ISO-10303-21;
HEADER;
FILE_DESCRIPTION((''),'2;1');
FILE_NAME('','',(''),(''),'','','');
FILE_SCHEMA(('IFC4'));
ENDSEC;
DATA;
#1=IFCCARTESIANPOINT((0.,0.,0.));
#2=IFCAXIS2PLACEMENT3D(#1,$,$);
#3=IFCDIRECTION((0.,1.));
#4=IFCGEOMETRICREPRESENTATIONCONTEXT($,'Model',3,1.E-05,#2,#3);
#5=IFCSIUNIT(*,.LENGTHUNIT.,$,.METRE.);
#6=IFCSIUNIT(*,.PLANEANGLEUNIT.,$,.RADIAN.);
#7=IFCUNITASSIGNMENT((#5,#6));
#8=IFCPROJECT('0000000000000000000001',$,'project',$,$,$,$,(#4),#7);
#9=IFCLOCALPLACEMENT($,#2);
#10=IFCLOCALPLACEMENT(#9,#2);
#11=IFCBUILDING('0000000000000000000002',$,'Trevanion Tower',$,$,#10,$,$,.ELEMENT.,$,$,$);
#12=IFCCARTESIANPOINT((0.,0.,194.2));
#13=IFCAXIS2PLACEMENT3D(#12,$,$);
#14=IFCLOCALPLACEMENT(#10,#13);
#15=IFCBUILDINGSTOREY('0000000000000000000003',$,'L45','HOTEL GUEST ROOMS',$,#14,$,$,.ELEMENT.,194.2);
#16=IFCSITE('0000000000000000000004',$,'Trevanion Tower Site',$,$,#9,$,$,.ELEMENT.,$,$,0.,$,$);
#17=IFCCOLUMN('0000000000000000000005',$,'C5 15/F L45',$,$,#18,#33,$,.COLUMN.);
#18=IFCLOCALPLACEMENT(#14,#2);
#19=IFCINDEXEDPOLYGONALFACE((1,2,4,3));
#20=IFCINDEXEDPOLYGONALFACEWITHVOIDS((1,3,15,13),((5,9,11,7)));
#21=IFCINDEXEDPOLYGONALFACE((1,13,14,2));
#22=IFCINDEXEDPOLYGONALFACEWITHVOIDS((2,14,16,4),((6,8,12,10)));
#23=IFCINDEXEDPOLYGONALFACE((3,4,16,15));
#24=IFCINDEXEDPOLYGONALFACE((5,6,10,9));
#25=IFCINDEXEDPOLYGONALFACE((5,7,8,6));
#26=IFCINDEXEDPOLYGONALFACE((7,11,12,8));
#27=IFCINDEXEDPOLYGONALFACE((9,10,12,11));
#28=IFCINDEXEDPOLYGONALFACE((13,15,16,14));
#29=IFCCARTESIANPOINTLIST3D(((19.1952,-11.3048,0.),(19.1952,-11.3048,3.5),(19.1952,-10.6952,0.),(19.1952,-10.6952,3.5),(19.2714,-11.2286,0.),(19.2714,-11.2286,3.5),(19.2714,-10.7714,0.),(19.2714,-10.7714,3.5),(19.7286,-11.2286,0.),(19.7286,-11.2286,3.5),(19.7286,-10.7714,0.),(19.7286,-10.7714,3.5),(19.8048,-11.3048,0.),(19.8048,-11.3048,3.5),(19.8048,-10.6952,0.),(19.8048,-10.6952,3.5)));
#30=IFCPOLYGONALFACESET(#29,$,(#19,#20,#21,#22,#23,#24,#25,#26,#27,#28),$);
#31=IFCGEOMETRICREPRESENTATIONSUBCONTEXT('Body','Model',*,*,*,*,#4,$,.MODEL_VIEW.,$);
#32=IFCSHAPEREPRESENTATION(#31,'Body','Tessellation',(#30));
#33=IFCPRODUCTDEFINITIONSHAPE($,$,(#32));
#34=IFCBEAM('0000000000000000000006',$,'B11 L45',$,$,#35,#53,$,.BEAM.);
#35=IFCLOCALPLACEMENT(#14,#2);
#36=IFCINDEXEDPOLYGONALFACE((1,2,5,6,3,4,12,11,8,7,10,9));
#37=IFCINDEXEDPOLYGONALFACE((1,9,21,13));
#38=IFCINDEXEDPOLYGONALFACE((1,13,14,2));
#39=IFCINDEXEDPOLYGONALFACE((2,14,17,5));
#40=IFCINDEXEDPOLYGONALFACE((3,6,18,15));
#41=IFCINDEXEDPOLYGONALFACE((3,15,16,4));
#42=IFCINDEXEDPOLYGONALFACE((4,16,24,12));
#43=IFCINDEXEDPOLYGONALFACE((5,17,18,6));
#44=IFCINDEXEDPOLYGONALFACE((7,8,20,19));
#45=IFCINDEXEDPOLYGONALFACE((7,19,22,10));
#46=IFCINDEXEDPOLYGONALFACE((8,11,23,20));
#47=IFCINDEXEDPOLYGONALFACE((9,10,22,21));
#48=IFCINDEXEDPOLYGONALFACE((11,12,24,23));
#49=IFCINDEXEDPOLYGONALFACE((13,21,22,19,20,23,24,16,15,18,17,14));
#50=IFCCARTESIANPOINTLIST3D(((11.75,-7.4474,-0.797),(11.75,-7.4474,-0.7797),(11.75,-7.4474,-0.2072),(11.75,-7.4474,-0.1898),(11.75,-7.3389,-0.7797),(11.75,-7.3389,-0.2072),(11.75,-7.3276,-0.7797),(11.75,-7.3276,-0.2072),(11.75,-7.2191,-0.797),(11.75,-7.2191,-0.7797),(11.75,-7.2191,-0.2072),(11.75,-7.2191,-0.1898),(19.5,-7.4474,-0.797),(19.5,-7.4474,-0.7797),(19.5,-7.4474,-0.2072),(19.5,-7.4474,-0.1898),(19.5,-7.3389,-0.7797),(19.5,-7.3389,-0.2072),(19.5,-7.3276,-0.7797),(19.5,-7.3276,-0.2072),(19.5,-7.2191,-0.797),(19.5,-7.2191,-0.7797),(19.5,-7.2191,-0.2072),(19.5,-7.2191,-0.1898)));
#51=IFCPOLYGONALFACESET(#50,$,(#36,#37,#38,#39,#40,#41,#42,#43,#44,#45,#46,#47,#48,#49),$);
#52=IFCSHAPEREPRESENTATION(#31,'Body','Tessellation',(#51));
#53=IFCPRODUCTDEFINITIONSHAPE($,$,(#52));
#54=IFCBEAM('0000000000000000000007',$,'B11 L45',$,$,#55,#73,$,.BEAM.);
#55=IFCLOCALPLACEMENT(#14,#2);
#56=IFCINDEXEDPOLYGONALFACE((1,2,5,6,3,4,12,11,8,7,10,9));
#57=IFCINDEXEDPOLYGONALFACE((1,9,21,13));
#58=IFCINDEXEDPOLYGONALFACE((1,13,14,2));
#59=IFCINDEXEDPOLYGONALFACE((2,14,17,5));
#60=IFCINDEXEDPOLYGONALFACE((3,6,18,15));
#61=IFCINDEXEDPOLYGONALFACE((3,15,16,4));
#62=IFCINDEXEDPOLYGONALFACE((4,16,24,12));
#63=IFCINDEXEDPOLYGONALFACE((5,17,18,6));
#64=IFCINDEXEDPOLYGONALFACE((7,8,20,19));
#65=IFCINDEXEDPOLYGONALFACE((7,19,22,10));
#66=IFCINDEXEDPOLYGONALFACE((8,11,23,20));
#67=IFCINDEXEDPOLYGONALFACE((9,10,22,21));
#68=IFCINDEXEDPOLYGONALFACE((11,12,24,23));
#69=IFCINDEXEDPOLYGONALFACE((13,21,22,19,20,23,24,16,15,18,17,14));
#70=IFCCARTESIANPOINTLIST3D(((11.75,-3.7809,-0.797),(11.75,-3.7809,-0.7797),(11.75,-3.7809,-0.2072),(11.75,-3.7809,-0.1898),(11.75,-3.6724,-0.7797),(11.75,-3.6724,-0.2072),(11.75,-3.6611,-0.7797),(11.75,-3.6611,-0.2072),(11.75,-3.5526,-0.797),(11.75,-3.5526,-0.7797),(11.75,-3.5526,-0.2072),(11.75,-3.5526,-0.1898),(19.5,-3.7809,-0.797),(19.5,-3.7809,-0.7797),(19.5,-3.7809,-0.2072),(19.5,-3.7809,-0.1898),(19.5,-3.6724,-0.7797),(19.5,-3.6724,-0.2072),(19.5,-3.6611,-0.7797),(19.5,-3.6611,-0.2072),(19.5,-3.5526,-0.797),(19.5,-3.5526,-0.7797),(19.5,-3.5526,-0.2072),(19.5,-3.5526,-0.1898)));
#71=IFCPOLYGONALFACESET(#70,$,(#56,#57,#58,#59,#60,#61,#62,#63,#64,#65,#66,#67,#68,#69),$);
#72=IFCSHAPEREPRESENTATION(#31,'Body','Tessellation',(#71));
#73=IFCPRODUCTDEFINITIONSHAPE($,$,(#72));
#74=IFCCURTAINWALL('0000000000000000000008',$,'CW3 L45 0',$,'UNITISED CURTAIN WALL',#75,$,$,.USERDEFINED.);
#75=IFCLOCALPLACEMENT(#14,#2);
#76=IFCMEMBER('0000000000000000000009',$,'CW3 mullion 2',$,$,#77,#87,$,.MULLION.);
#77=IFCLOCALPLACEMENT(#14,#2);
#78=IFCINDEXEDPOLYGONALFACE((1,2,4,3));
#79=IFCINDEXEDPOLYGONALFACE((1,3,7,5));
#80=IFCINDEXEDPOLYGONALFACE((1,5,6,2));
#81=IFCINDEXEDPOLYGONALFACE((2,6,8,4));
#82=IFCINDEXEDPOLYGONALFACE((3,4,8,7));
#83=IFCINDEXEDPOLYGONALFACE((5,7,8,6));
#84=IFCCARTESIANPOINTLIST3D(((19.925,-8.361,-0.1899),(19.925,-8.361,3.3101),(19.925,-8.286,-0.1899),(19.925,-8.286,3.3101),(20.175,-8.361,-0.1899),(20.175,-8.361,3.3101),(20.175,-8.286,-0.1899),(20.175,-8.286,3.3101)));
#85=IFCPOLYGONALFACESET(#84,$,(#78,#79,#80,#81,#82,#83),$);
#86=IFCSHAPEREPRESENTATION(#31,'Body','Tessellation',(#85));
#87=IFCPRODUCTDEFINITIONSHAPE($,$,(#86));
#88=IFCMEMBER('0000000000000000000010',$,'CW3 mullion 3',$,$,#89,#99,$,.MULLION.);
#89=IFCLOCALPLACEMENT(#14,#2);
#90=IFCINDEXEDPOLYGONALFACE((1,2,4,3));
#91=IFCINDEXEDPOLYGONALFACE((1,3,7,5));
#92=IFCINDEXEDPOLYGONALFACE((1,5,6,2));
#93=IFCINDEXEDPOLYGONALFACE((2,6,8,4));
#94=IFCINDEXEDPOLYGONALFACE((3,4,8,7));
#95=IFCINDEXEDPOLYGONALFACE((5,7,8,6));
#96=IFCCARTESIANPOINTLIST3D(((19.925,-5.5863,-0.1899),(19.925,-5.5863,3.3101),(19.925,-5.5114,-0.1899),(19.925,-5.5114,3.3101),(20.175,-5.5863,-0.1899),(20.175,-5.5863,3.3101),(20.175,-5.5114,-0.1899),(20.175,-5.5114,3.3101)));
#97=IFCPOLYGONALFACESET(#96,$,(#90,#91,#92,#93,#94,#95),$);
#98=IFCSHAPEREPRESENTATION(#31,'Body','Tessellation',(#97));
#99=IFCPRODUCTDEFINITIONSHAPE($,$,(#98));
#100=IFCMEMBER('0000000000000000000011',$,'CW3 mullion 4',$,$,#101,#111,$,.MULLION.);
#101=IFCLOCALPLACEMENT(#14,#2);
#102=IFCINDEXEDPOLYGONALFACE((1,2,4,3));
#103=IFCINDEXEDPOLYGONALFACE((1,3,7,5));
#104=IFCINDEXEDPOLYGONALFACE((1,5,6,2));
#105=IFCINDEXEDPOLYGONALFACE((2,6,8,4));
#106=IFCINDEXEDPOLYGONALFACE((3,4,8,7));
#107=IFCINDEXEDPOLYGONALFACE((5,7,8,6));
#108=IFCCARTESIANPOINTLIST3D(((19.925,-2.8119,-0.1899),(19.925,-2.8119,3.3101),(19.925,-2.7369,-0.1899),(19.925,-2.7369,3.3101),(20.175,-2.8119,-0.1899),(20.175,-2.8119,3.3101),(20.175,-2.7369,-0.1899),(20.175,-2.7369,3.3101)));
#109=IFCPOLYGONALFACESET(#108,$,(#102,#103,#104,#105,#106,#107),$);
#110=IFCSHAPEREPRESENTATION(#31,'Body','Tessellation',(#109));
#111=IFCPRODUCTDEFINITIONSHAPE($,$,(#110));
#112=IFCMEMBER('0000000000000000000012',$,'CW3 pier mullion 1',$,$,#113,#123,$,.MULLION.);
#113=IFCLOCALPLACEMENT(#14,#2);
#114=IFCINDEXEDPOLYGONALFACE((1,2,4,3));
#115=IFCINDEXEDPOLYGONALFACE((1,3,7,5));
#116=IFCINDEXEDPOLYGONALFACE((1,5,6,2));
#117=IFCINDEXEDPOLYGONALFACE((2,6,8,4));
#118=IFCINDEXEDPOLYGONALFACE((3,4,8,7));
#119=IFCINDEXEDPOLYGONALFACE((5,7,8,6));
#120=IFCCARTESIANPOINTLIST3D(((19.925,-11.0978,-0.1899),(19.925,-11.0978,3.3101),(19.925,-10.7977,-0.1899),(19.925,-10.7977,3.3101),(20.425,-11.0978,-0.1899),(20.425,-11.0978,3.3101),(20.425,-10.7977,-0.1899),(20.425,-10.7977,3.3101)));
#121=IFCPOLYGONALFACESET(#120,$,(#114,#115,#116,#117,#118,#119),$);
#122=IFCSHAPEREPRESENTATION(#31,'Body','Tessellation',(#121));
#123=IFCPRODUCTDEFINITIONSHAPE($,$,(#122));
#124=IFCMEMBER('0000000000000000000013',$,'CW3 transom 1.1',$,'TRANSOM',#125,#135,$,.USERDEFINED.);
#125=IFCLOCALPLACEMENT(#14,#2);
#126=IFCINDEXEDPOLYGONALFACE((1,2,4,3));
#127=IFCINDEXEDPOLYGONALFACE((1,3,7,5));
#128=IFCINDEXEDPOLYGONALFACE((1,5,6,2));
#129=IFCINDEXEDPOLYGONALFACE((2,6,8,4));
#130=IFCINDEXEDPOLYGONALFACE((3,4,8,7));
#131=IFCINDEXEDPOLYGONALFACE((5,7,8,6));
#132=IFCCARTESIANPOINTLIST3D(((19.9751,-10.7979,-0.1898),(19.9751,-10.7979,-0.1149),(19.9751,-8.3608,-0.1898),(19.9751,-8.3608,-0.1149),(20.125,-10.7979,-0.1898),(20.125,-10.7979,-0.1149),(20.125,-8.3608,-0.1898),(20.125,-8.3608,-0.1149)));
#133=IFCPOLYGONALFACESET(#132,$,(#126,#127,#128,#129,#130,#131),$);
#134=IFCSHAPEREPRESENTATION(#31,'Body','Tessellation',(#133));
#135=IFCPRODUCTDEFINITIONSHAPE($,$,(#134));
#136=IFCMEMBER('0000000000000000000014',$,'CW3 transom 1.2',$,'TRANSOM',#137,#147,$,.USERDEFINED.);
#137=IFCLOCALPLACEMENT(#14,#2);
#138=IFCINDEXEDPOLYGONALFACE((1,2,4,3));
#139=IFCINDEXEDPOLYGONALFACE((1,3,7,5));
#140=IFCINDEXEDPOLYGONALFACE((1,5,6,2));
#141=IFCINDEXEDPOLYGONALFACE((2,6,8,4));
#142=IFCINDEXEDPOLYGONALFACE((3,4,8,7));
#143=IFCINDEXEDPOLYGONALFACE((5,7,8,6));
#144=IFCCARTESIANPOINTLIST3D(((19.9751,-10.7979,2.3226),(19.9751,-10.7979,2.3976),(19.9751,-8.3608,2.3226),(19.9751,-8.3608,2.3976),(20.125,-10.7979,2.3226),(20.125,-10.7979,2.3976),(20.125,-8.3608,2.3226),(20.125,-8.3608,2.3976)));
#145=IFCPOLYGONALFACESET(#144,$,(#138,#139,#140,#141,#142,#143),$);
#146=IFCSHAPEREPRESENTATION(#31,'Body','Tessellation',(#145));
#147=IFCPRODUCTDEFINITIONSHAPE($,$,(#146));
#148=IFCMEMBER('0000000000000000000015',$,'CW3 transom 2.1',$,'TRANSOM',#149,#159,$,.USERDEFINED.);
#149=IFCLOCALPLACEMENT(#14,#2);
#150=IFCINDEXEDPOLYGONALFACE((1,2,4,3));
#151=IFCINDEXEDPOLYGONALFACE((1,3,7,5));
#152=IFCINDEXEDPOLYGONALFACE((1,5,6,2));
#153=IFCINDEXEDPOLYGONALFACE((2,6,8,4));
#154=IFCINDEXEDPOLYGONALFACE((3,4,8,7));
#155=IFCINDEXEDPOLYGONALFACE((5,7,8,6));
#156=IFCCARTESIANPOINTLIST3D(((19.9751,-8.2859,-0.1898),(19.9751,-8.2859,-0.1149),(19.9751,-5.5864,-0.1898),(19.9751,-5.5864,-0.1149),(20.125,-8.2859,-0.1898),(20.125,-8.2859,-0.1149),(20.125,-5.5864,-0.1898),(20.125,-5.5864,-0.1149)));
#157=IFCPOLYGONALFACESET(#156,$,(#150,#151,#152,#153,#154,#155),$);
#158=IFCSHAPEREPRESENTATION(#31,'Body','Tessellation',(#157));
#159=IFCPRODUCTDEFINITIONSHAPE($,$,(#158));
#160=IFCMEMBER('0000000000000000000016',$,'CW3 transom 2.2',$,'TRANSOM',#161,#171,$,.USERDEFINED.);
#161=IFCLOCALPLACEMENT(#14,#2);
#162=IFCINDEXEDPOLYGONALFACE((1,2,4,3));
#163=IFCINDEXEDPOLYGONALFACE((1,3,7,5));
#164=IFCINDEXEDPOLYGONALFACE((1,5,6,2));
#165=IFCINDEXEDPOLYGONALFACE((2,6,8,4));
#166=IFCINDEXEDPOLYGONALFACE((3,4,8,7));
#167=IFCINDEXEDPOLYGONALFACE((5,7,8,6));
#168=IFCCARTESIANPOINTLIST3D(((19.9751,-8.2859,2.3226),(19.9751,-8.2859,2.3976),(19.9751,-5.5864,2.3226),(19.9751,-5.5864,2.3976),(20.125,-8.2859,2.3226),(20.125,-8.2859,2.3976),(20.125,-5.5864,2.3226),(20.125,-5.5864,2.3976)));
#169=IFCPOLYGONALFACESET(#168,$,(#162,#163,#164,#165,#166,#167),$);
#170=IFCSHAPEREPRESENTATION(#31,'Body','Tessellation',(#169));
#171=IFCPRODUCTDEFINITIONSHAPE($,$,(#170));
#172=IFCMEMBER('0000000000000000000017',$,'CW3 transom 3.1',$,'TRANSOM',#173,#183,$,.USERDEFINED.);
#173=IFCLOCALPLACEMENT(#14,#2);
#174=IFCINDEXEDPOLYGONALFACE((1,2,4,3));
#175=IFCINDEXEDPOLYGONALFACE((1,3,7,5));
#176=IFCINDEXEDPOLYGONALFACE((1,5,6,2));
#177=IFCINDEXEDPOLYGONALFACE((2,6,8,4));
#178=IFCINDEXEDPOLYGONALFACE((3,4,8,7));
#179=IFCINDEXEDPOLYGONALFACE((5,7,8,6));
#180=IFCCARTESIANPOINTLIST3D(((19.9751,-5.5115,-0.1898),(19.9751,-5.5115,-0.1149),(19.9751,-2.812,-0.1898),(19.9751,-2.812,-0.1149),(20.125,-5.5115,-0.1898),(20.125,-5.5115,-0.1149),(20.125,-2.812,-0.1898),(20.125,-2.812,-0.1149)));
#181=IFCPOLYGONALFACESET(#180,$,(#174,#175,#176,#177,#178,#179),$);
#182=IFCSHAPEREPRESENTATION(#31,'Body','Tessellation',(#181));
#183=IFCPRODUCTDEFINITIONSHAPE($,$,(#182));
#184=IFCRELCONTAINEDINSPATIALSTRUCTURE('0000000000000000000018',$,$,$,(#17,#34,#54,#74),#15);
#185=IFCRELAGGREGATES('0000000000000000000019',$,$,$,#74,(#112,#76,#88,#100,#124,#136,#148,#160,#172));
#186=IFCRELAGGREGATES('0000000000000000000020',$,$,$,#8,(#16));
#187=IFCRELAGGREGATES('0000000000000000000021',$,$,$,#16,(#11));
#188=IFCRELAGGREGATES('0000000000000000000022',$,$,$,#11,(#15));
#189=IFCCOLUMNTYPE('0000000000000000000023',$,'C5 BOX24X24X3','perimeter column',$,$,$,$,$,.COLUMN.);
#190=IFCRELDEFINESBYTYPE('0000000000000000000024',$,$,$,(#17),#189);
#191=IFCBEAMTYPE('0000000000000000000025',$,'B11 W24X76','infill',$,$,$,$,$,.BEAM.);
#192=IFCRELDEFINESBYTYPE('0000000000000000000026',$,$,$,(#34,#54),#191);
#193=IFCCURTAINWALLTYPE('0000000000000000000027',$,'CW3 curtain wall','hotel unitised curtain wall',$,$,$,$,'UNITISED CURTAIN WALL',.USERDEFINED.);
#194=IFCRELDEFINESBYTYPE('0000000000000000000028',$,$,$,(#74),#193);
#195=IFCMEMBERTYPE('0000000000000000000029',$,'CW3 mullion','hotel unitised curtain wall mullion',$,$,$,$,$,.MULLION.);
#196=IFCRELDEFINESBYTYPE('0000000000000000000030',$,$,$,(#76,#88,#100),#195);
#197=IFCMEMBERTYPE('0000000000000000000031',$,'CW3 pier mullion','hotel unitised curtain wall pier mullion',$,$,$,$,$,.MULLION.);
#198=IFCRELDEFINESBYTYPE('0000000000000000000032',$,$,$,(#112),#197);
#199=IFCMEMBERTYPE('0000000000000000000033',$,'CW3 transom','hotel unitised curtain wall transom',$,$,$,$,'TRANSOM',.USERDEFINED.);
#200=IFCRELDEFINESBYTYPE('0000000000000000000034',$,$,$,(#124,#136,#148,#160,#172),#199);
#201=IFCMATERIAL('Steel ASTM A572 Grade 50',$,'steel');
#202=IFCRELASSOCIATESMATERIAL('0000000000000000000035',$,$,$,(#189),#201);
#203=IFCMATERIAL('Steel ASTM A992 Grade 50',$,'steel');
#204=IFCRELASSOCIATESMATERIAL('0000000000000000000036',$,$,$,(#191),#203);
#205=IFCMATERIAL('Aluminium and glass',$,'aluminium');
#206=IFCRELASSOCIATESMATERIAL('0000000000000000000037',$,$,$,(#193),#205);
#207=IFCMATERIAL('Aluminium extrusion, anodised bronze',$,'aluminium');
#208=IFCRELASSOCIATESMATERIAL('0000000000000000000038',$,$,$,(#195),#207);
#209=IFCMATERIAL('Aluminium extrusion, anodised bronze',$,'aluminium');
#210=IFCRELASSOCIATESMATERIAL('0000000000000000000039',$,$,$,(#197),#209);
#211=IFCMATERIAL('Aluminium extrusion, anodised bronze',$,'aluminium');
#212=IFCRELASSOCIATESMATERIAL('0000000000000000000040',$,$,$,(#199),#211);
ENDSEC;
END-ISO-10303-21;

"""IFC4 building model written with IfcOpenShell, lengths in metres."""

from ifc_helpers import new_model, si_unit, direction, frame, origin, origin_2d, place, context, subcontext, project, spatial, rectangle, hollow_rectangle, i_section, extrude, material, material_profile, profile_set, type_object, element, aggregate, save


model = new_model("IFC4")

# Units and contexts
model_context = context("Model", 3, precision=1e-05, world=origin(), true_north=direction((0.0, 1.0)))
body_context = subcontext(model_context, "Body", "Model", "MODEL_VIEW")
ifc_project = project(units=[si_unit("LENGTHUNIT", "METRE"), si_unit("PLANEANGLEUNIT", "RADIAN")], contexts=[model_context])

# Site, building, storey
site_placement = place(None, origin())
site = spatial("IfcSite", under=ifc_project, at=site_placement, Name="Trevanion Tower Site", CompositionType="ELEMENT", RefElevation=0.0)
building_placement = place(site_placement, origin())
building = spatial("IfcBuilding", under=site, at=building_placement, Name="Trevanion Tower", CompositionType="ELEMENT")
storey_placement = place(building_placement, frame((0.0, 0.0, 194.2)))
storey = spatial("IfcBuildingStorey", under=building, at=storey_placement, Name="L45", Description="HOTEL GUEST ROOMS", CompositionType="ELEMENT", Elevation=194.2)

# Column
ifc_material_1 = material(Name="Steel ASTM A572 Grade 50", Category="steel")
ifc_material_profile_1 = material_profile(ifc_material_1, hollow_rectangle(XDim=0.6096, YDim=0.6096, WallThickness=0.0762, at=origin_2d()), Name="BOX24X24X3")
ifc_profile_set_1 = profile_set([ifc_material_profile_1], Name="Steel ASTM A572 Grade 50")
column_type = type_object("IfcColumnType", Name="C5 BOX24X24X3", Description="perimeter column", PredefinedType="COLUMN", material=ifc_profile_set_1)
column_placement = place(storey_placement, frame((19.5, -11.0, 0.0), z_axis=(0.0, 0.0, 1.0), x_axis=(0.0, 1.0, 0.0)))
element("IfcColumn", 1, at=column_placement, inside=storey, type_object=column_type, Name="C5 15/F L45", PredefinedType="COLUMN", context=body_context, shape_type="SweptSolid", body=[
    extrude(hollow_rectangle(XDim=0.6096, YDim=0.6096, WallThickness=0.0762, at=origin_2d()), origin(), (0.0, 0.0, 1.0), 3.5),
])

# Beams
ifc_material_2 = material(Name="Steel ASTM A992 Grade 50", Category="steel")
ifc_material_profile_2 = material_profile(ifc_material_2, i_section(OverallWidth=0.2283, OverallDepth=0.6072, WebThickness=0.0112, FlangeThickness=0.0173, at=origin_2d()), Name="W24X76")
ifc_profile_set_2 = profile_set([ifc_material_profile_2], Name="Steel ASTM A992 Grade 50")
beam_type_1 = type_object("IfcBeamType", Name="B11 W24X76", Description="infill", PredefinedType="BEAM", material=ifc_profile_set_2)
for number, where, z_axis, x_axis, name in (
    (2, (11.75, -7.3333, -0.4934), (1.0, 0.0, 0.0), (0.0, 1.0, 0.0), "B11 L45"),
    (3, (11.75, -3.6667, -0.4934), (1.0, 0.0, 0.0), (0.0, 1.0, 0.0), "B11 L45"),
):
    element("IfcBeam", number, at=place(storey_placement, frame(where, z_axis=z_axis, x_axis=x_axis)), inside=storey, type_object=beam_type_1, Name=name, PredefinedType="BEAM", context=body_context, shape_type="SweptSolid", body=[
        extrude(i_section(OverallWidth=0.2283, OverallDepth=0.6072, WebThickness=0.0112, FlangeThickness=0.0173, at=origin_2d()), origin(), (0.0, 0.0, 1.0), 7.75),
    ])

# Curtain wall, members
ifc_material_3 = material(Name="Aluminium and glass", Category="aluminium")
curtain_wall_type = type_object("IfcCurtainWallType", Name="CW3 curtain wall", Description="hotel unitised curtain wall", ElementType="UNITISED CURTAIN WALL", PredefinedType="USERDEFINED", material=ifc_material_3)
curtain_wall_placement = place(storey_placement, origin())
curtain_wall = element("IfcCurtainWall", 4, at=curtain_wall_placement, inside=storey, type_object=curtain_wall_type, Name="CW3 L45 0", ObjectType="UNITISED CURTAIN WALL", PredefinedType="USERDEFINED")
ifc_material_4 = material(Name="Aluminium extrusion, anodised bronze", Category="aluminium")
ifc_material_profile_3 = material_profile(ifc_material_4, rectangle(XDim=0.075, YDim=0.25, at=origin_2d()), Name="CW3 mullion")
ifc_profile_set_3 = profile_set([ifc_material_profile_3], Name="Aluminium extrusion, anodised bronze")
member_type_1 = type_object("IfcMemberType", Name="CW3 mullion", Description="hotel unitised curtain wall mullion", PredefinedType="MULLION", material=ifc_profile_set_3)
member_1_placement = place(storey_placement, frame((20.05, -8.3235, -0.1899), z_axis=(0.0, 0.0, 1.0), x_axis=(0.0, 1.0, 0.0)))
member_1 = element("IfcMember", 5, at=member_1_placement, type_object=member_type_1, Name="CW3 mullion 2", PredefinedType="MULLION", context=body_context, shape_type="SweptSolid", body=[
    extrude(rectangle(XDim=0.075, YDim=0.25, at=origin_2d()), origin(), (0.0, 0.0, 1.0), 3.5),
])
member_2_placement = place(storey_placement, frame((20.05, -5.5488, -0.1899), z_axis=(0.0, 0.0, 1.0), x_axis=(0.0, 1.0, 0.0)))
member_2 = element("IfcMember", 6, at=member_2_placement, type_object=member_type_1, Name="CW3 mullion 3", PredefinedType="MULLION", context=body_context, shape_type="SweptSolid", body=[
    extrude(rectangle(XDim=0.075, YDim=0.25, at=origin_2d()), origin(), (0.0, 0.0, 1.0), 3.5),
])
member_3_placement = place(storey_placement, frame((20.05, -2.7744, -0.1899), z_axis=(0.0, 0.0, 1.0), x_axis=(0.0, 1.0, 0.0)))
member_3 = element("IfcMember", 7, at=member_3_placement, type_object=member_type_1, Name="CW3 mullion 4", PredefinedType="MULLION", context=body_context, shape_type="SweptSolid", body=[
    extrude(rectangle(XDim=0.075, YDim=0.25, at=origin_2d()), origin(), (0.0, 0.0, 1.0), 3.5),
])
ifc_material_5 = material(Name="Aluminium extrusion, anodised bronze", Category="aluminium")
ifc_material_profile_4 = material_profile(ifc_material_5, rectangle(XDim=0.3, YDim=0.5, at=origin_2d()), Name="CW3 pier mullion")
ifc_profile_set_4 = profile_set([ifc_material_profile_4], Name="Aluminium extrusion, anodised bronze")
member_type_2 = type_object("IfcMemberType", Name="CW3 pier mullion", Description="hotel unitised curtain wall pier mullion", PredefinedType="MULLION", material=ifc_profile_set_4)
member_4_placement = place(storey_placement, frame((20.175, -10.9478, -0.1899), z_axis=(0.0, 0.0, 1.0), x_axis=(0.0, 1.0, 0.0)))
member_4 = element("IfcMember", 8, at=member_4_placement, type_object=member_type_2, Name="CW3 pier mullion 1", PredefinedType="MULLION", context=body_context, shape_type="SweptSolid", body=[
    extrude(rectangle(XDim=0.3, YDim=0.5, at=origin_2d()), origin(), (0.0, 0.0, 1.0), 3.5),
])
ifc_material_6 = material(Name="Aluminium extrusion, anodised bronze", Category="aluminium")
ifc_material_profile_5 = material_profile(ifc_material_6, rectangle(XDim=0.1499, YDim=0.075, at=origin_2d()), Name="CW3 transom")
ifc_profile_set_5 = profile_set([ifc_material_profile_5], Name="Aluminium extrusion, anodised bronze")
member_type_3 = type_object("IfcMemberType", Name="CW3 transom", Description="hotel unitised curtain wall transom", ElementType="TRANSOM", PredefinedType="USERDEFINED", material=ifc_profile_set_5)
member_5_placement = place(storey_placement, frame((20.05, -10.7979, -0.1523), z_axis=(0.0, 1.0, 0.0), x_axis=(-1.0, 0.0, 0.0)))
member_5 = element("IfcMember", 9, at=member_5_placement, type_object=member_type_3, Name="CW3 transom 1.1", ObjectType="TRANSOM", PredefinedType="USERDEFINED", context=body_context, shape_type="SweptSolid", body=[
    extrude(rectangle(XDim=0.1499, YDim=0.075, at=origin_2d()), origin(), (0.0, 0.0, 1.0), 2.437),
])
member_6_placement = place(storey_placement, frame((20.05, -10.7979, 2.3601), z_axis=(0.0, 1.0, 0.0), x_axis=(-1.0, 0.0, 0.0)))
member_6 = element("IfcMember", 10, at=member_6_placement, type_object=member_type_3, Name="CW3 transom 1.2", ObjectType="TRANSOM", PredefinedType="USERDEFINED", context=body_context, shape_type="SweptSolid", body=[
    extrude(rectangle(XDim=0.1499, YDim=0.075, at=origin_2d()), origin(), (0.0, 0.0, 1.0), 2.437),
])
member_7_placement = place(storey_placement, frame((20.05, -8.2859, -0.1523), z_axis=(0.0, 1.0, 0.0), x_axis=(-1.0, 0.0, 0.0)))
member_7 = element("IfcMember", 11, at=member_7_placement, type_object=member_type_3, Name="CW3 transom 2.1", ObjectType="TRANSOM", PredefinedType="USERDEFINED", context=body_context, shape_type="SweptSolid", body=[
    extrude(rectangle(XDim=0.1499, YDim=0.075, at=origin_2d()), origin(), (0.0, 0.0, 1.0), 2.6995),
])
member_8_placement = place(storey_placement, frame((20.05, -8.2859, 2.3601), z_axis=(0.0, 1.0, 0.0), x_axis=(-1.0, 0.0, 0.0)))
member_8 = element("IfcMember", 12, at=member_8_placement, type_object=member_type_3, Name="CW3 transom 2.2", ObjectType="TRANSOM", PredefinedType="USERDEFINED", context=body_context, shape_type="SweptSolid", body=[
    extrude(rectangle(XDim=0.1499, YDim=0.075, at=origin_2d()), origin(), (0.0, 0.0, 1.0), 2.6995),
])
member_9_placement = place(storey_placement, frame((20.05, -5.5115, -0.1523), z_axis=(0.0, 1.0, 0.0), x_axis=(-1.0, 0.0, 0.0)))
member_9 = element("IfcMember", 13, at=member_9_placement, type_object=member_type_3, Name="CW3 transom 3.1", ObjectType="TRANSOM", PredefinedType="USERDEFINED", context=body_context, shape_type="SweptSolid", body=[
    extrude(rectangle(XDim=0.1499, YDim=0.075, at=origin_2d()), origin(), (0.0, 0.0, 1.0), 2.6995),
])

aggregate(curtain_wall, [member_4, member_1, member_2, member_3, member_5, member_6, member_7, member_8, member_9])

save(model, "model.ifc")
